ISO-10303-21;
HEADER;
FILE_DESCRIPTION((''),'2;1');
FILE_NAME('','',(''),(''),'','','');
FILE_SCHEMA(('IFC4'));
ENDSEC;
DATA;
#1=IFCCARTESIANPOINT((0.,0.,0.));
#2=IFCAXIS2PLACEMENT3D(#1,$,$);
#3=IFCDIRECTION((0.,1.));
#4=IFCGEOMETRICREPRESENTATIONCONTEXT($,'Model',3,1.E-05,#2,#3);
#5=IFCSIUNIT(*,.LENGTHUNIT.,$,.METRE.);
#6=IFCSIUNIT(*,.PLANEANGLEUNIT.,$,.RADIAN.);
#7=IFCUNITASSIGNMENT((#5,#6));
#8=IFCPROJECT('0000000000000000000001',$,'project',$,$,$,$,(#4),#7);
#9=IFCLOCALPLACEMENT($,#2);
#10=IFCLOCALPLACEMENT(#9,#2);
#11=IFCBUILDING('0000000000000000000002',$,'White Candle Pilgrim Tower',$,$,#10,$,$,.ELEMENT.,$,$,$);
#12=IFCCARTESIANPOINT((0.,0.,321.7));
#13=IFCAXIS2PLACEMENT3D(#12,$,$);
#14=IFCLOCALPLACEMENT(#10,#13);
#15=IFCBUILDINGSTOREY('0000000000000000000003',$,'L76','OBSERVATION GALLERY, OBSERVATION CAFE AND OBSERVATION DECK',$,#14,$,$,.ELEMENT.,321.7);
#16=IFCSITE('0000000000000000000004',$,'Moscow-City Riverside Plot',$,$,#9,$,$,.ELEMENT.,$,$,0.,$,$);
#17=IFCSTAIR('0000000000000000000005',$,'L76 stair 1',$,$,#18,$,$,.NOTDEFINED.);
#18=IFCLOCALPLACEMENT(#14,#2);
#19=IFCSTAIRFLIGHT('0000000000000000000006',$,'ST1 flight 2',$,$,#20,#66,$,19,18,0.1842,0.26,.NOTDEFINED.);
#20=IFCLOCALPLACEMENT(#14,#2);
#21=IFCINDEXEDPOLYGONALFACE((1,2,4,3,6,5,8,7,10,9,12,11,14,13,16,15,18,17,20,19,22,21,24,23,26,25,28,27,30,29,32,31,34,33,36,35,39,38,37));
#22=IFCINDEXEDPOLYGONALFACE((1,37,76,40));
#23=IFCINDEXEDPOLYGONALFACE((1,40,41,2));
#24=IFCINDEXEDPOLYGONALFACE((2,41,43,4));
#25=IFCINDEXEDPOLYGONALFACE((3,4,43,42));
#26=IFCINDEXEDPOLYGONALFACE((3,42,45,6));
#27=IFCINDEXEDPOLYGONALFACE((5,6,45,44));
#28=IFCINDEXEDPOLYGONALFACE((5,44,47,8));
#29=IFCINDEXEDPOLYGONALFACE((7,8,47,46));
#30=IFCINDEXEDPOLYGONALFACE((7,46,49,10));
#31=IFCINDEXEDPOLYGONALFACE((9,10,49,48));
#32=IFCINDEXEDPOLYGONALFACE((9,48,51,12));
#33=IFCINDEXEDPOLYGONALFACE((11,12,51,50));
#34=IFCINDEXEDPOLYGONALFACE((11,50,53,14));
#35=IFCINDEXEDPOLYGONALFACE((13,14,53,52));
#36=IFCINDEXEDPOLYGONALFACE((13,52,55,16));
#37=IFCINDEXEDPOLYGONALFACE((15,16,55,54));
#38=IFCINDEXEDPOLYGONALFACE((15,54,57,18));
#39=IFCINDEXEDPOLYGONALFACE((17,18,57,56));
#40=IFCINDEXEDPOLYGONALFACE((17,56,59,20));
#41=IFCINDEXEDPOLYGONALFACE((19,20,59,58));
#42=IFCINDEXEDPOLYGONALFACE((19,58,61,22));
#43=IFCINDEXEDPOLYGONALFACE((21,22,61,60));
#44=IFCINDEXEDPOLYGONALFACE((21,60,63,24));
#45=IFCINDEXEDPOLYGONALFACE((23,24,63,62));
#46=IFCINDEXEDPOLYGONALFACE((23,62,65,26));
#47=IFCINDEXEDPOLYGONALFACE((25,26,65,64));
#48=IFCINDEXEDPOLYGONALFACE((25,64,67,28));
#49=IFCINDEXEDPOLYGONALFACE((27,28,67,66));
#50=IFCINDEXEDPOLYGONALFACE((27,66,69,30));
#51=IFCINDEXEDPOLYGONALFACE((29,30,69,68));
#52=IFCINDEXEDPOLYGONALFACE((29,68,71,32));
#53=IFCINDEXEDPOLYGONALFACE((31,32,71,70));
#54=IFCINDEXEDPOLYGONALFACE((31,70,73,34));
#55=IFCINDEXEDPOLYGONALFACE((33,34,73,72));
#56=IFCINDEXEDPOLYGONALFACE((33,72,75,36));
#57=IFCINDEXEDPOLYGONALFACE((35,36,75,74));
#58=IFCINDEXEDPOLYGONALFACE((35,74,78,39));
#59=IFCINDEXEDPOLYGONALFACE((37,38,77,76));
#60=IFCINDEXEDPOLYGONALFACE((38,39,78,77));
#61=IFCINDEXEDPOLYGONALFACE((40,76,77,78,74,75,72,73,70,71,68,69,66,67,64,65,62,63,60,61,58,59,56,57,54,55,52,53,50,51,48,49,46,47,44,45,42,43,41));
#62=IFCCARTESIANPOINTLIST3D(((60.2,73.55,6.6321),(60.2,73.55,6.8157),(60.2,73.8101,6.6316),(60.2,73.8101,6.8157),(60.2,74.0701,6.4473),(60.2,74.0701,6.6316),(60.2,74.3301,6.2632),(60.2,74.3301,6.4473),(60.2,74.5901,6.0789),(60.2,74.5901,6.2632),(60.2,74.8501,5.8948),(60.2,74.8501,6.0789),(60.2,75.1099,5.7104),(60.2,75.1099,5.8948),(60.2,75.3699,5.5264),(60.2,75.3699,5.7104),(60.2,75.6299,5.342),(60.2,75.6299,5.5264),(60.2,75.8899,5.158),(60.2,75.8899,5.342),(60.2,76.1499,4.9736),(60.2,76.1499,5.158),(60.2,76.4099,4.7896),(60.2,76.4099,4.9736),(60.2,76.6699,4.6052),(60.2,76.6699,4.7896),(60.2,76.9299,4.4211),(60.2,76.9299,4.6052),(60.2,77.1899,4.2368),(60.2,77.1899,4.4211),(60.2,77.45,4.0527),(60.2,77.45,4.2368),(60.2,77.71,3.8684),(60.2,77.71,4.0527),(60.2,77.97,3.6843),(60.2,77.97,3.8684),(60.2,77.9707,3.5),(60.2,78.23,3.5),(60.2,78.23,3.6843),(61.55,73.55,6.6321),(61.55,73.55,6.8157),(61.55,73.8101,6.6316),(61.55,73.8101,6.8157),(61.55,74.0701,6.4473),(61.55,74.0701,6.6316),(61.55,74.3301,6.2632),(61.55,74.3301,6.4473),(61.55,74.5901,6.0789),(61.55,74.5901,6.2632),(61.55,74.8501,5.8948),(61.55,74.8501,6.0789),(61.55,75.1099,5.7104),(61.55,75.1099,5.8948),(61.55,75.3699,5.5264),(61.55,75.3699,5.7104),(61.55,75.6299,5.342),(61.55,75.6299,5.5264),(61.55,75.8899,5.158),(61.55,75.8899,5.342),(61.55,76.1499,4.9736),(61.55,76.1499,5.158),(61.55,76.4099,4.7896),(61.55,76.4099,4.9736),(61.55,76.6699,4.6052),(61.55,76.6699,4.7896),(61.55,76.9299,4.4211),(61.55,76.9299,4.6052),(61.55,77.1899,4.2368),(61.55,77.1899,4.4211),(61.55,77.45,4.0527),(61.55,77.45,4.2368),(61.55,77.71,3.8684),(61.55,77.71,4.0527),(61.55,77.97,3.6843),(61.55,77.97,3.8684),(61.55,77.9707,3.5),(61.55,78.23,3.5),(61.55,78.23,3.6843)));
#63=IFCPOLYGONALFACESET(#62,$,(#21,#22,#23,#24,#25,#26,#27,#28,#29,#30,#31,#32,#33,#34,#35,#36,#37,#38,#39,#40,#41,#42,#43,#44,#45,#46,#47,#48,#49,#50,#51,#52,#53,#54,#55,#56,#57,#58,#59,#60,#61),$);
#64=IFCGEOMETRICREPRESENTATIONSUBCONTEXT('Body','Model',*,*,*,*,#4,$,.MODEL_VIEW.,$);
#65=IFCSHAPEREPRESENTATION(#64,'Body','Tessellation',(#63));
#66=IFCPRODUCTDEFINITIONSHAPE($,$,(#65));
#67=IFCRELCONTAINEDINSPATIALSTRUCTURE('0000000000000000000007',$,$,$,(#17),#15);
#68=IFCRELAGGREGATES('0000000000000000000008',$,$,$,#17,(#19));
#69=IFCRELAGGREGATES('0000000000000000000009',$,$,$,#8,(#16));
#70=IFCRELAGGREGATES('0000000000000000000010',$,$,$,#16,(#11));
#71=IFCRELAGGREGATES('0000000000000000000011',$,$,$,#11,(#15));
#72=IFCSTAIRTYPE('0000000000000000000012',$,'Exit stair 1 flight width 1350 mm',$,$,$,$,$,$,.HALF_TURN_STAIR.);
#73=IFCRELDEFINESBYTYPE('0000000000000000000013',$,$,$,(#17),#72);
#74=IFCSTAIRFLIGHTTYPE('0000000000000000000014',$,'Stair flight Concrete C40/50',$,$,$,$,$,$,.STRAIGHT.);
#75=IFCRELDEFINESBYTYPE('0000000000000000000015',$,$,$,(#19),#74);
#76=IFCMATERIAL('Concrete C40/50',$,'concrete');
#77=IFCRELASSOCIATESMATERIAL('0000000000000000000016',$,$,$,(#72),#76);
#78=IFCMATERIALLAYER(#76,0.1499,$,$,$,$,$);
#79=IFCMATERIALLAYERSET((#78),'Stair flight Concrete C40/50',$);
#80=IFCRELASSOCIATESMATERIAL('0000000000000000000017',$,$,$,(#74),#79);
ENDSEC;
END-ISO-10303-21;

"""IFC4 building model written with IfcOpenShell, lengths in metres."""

from ifc_helpers import new_model, si_unit, direction, frame, origin, place, context, subcontext, project, spatial, polyline, outline, extrude, material, layer, layer_set, type_object, element, aggregate, save


model = new_model("IFC4")

# Units and contexts
model_context = context("Model", 3, precision=1e-05, world=origin(), true_north=direction((0.0, 1.0)))
body_context = subcontext(model_context, "Body", "Model", "MODEL_VIEW")
ifc_project = project(units=[si_unit("LENGTHUNIT", "METRE"), si_unit("PLANEANGLEUNIT", "RADIAN")], contexts=[model_context])

# Site, building, storey
site_placement = place(None, origin())
site = spatial("IfcSite", under=ifc_project, at=site_placement, Name="Moscow-City Riverside Plot", CompositionType="ELEMENT", RefElevation=0.0)
building_placement = place(site_placement, origin())
building = spatial("IfcBuilding", under=site, at=building_placement, Name="White Candle Pilgrim Tower", CompositionType="ELEMENT")
storey_placement = place(building_placement, frame((0.0, 0.0, 321.7)))
storey = spatial("IfcBuildingStorey", under=building, at=storey_placement, Name="L76", Description="OBSERVATION GALLERY, OBSERVATION CAFE AND OBSERVATION DECK", CompositionType="ELEMENT", Elevation=321.7)

# Shared definitions
ifc_material_1 = material(Name="Concrete C40/50", Category="concrete")

# Stair, stair flight
stair_type = type_object("IfcStairType", Name="Exit stair 1 flight width 1350 mm", PredefinedType="HALF_TURN_STAIR", material=ifc_material_1)
stair_placement = place(storey_placement, origin())
stair = element("IfcStair", 1, at=stair_placement, inside=storey, type_object=stair_type, Name="L76 stair 1", PredefinedType="NOTDEFINED")
ifc_layer_1 = layer(ifc_material_1, 0.1499)
ifc_layer_set_1 = layer_set([ifc_layer_1], Name="Stair flight Concrete C40/50")
stair_flight_type = type_object("IfcStairFlightType", Name="Stair flight Concrete C40/50", PredefinedType="STRAIGHT", material=ifc_layer_set_1)
stair_flight_1_placement = place(storey_placement, frame((60.875, 78.23, 3.5), z_axis=(0.0, 0.0, 1.0), x_axis=(0.0, -1.0, 0.0)))
stair_flight_1 = element("IfcStairFlight", 2, at=stair_flight_1_placement, type_object=stair_flight_type, Name="ST1 flight 2", NumberOfRisers=19, NumberOfTreads=18, PredefinedType="NOTDEFINED", RiserHeight=0.1842, TreadLength=0.26, context=body_context, shape_type="SweptSolid", body=[
    extrude(outline(polyline([(0.0, 0.0), (0.0, 0.1843), (0.26, 0.1843), (0.26, 0.3684), (0.52, 0.3684), (0.52, 0.5527), (0.78, 0.5527), (0.78, 0.7368), (1.04, 0.7368), (1.04, 0.9211), (1.3, 0.9211), (1.3, 1.1052), (1.5601, 1.1052), (1.5601, 1.2896), (1.8201, 1.2896), (1.8201, 1.4736), (2.0801, 1.4736), (2.0801, 1.658), (2.3401, 1.658), (2.3401, 1.842), (2.6001, 1.842), (2.6001, 2.0264), (2.8601, 2.0264), (2.8601, 2.2104), (3.1201, 2.2104), (3.1201, 2.3948), (3.3799, 2.3948), (3.3799, 2.5789), (3.6399, 2.5789), (3.6399, 2.7632), (3.8999, 2.7632), (3.8999, 2.9473), (4.1599, 2.9473), (4.1599, 3.1316), (4.4199, 3.1316), (4.4199, 3.3157), (4.6799, 3.3157), (4.6799, 3.5), (4.6799, 3.1321), (0.2593, 0.0), (0.0, 0.0)])), frame((0.0, 0.675, 0.0), z_axis=(0.0, -1.0, 0.0), x_axis=(1.0, 0.0, 0.0)), (0.0, 0.0, 1.0), 1.3501),
])
aggregate(stair, [stair_flight_1])

save(model, "model.ifc")
